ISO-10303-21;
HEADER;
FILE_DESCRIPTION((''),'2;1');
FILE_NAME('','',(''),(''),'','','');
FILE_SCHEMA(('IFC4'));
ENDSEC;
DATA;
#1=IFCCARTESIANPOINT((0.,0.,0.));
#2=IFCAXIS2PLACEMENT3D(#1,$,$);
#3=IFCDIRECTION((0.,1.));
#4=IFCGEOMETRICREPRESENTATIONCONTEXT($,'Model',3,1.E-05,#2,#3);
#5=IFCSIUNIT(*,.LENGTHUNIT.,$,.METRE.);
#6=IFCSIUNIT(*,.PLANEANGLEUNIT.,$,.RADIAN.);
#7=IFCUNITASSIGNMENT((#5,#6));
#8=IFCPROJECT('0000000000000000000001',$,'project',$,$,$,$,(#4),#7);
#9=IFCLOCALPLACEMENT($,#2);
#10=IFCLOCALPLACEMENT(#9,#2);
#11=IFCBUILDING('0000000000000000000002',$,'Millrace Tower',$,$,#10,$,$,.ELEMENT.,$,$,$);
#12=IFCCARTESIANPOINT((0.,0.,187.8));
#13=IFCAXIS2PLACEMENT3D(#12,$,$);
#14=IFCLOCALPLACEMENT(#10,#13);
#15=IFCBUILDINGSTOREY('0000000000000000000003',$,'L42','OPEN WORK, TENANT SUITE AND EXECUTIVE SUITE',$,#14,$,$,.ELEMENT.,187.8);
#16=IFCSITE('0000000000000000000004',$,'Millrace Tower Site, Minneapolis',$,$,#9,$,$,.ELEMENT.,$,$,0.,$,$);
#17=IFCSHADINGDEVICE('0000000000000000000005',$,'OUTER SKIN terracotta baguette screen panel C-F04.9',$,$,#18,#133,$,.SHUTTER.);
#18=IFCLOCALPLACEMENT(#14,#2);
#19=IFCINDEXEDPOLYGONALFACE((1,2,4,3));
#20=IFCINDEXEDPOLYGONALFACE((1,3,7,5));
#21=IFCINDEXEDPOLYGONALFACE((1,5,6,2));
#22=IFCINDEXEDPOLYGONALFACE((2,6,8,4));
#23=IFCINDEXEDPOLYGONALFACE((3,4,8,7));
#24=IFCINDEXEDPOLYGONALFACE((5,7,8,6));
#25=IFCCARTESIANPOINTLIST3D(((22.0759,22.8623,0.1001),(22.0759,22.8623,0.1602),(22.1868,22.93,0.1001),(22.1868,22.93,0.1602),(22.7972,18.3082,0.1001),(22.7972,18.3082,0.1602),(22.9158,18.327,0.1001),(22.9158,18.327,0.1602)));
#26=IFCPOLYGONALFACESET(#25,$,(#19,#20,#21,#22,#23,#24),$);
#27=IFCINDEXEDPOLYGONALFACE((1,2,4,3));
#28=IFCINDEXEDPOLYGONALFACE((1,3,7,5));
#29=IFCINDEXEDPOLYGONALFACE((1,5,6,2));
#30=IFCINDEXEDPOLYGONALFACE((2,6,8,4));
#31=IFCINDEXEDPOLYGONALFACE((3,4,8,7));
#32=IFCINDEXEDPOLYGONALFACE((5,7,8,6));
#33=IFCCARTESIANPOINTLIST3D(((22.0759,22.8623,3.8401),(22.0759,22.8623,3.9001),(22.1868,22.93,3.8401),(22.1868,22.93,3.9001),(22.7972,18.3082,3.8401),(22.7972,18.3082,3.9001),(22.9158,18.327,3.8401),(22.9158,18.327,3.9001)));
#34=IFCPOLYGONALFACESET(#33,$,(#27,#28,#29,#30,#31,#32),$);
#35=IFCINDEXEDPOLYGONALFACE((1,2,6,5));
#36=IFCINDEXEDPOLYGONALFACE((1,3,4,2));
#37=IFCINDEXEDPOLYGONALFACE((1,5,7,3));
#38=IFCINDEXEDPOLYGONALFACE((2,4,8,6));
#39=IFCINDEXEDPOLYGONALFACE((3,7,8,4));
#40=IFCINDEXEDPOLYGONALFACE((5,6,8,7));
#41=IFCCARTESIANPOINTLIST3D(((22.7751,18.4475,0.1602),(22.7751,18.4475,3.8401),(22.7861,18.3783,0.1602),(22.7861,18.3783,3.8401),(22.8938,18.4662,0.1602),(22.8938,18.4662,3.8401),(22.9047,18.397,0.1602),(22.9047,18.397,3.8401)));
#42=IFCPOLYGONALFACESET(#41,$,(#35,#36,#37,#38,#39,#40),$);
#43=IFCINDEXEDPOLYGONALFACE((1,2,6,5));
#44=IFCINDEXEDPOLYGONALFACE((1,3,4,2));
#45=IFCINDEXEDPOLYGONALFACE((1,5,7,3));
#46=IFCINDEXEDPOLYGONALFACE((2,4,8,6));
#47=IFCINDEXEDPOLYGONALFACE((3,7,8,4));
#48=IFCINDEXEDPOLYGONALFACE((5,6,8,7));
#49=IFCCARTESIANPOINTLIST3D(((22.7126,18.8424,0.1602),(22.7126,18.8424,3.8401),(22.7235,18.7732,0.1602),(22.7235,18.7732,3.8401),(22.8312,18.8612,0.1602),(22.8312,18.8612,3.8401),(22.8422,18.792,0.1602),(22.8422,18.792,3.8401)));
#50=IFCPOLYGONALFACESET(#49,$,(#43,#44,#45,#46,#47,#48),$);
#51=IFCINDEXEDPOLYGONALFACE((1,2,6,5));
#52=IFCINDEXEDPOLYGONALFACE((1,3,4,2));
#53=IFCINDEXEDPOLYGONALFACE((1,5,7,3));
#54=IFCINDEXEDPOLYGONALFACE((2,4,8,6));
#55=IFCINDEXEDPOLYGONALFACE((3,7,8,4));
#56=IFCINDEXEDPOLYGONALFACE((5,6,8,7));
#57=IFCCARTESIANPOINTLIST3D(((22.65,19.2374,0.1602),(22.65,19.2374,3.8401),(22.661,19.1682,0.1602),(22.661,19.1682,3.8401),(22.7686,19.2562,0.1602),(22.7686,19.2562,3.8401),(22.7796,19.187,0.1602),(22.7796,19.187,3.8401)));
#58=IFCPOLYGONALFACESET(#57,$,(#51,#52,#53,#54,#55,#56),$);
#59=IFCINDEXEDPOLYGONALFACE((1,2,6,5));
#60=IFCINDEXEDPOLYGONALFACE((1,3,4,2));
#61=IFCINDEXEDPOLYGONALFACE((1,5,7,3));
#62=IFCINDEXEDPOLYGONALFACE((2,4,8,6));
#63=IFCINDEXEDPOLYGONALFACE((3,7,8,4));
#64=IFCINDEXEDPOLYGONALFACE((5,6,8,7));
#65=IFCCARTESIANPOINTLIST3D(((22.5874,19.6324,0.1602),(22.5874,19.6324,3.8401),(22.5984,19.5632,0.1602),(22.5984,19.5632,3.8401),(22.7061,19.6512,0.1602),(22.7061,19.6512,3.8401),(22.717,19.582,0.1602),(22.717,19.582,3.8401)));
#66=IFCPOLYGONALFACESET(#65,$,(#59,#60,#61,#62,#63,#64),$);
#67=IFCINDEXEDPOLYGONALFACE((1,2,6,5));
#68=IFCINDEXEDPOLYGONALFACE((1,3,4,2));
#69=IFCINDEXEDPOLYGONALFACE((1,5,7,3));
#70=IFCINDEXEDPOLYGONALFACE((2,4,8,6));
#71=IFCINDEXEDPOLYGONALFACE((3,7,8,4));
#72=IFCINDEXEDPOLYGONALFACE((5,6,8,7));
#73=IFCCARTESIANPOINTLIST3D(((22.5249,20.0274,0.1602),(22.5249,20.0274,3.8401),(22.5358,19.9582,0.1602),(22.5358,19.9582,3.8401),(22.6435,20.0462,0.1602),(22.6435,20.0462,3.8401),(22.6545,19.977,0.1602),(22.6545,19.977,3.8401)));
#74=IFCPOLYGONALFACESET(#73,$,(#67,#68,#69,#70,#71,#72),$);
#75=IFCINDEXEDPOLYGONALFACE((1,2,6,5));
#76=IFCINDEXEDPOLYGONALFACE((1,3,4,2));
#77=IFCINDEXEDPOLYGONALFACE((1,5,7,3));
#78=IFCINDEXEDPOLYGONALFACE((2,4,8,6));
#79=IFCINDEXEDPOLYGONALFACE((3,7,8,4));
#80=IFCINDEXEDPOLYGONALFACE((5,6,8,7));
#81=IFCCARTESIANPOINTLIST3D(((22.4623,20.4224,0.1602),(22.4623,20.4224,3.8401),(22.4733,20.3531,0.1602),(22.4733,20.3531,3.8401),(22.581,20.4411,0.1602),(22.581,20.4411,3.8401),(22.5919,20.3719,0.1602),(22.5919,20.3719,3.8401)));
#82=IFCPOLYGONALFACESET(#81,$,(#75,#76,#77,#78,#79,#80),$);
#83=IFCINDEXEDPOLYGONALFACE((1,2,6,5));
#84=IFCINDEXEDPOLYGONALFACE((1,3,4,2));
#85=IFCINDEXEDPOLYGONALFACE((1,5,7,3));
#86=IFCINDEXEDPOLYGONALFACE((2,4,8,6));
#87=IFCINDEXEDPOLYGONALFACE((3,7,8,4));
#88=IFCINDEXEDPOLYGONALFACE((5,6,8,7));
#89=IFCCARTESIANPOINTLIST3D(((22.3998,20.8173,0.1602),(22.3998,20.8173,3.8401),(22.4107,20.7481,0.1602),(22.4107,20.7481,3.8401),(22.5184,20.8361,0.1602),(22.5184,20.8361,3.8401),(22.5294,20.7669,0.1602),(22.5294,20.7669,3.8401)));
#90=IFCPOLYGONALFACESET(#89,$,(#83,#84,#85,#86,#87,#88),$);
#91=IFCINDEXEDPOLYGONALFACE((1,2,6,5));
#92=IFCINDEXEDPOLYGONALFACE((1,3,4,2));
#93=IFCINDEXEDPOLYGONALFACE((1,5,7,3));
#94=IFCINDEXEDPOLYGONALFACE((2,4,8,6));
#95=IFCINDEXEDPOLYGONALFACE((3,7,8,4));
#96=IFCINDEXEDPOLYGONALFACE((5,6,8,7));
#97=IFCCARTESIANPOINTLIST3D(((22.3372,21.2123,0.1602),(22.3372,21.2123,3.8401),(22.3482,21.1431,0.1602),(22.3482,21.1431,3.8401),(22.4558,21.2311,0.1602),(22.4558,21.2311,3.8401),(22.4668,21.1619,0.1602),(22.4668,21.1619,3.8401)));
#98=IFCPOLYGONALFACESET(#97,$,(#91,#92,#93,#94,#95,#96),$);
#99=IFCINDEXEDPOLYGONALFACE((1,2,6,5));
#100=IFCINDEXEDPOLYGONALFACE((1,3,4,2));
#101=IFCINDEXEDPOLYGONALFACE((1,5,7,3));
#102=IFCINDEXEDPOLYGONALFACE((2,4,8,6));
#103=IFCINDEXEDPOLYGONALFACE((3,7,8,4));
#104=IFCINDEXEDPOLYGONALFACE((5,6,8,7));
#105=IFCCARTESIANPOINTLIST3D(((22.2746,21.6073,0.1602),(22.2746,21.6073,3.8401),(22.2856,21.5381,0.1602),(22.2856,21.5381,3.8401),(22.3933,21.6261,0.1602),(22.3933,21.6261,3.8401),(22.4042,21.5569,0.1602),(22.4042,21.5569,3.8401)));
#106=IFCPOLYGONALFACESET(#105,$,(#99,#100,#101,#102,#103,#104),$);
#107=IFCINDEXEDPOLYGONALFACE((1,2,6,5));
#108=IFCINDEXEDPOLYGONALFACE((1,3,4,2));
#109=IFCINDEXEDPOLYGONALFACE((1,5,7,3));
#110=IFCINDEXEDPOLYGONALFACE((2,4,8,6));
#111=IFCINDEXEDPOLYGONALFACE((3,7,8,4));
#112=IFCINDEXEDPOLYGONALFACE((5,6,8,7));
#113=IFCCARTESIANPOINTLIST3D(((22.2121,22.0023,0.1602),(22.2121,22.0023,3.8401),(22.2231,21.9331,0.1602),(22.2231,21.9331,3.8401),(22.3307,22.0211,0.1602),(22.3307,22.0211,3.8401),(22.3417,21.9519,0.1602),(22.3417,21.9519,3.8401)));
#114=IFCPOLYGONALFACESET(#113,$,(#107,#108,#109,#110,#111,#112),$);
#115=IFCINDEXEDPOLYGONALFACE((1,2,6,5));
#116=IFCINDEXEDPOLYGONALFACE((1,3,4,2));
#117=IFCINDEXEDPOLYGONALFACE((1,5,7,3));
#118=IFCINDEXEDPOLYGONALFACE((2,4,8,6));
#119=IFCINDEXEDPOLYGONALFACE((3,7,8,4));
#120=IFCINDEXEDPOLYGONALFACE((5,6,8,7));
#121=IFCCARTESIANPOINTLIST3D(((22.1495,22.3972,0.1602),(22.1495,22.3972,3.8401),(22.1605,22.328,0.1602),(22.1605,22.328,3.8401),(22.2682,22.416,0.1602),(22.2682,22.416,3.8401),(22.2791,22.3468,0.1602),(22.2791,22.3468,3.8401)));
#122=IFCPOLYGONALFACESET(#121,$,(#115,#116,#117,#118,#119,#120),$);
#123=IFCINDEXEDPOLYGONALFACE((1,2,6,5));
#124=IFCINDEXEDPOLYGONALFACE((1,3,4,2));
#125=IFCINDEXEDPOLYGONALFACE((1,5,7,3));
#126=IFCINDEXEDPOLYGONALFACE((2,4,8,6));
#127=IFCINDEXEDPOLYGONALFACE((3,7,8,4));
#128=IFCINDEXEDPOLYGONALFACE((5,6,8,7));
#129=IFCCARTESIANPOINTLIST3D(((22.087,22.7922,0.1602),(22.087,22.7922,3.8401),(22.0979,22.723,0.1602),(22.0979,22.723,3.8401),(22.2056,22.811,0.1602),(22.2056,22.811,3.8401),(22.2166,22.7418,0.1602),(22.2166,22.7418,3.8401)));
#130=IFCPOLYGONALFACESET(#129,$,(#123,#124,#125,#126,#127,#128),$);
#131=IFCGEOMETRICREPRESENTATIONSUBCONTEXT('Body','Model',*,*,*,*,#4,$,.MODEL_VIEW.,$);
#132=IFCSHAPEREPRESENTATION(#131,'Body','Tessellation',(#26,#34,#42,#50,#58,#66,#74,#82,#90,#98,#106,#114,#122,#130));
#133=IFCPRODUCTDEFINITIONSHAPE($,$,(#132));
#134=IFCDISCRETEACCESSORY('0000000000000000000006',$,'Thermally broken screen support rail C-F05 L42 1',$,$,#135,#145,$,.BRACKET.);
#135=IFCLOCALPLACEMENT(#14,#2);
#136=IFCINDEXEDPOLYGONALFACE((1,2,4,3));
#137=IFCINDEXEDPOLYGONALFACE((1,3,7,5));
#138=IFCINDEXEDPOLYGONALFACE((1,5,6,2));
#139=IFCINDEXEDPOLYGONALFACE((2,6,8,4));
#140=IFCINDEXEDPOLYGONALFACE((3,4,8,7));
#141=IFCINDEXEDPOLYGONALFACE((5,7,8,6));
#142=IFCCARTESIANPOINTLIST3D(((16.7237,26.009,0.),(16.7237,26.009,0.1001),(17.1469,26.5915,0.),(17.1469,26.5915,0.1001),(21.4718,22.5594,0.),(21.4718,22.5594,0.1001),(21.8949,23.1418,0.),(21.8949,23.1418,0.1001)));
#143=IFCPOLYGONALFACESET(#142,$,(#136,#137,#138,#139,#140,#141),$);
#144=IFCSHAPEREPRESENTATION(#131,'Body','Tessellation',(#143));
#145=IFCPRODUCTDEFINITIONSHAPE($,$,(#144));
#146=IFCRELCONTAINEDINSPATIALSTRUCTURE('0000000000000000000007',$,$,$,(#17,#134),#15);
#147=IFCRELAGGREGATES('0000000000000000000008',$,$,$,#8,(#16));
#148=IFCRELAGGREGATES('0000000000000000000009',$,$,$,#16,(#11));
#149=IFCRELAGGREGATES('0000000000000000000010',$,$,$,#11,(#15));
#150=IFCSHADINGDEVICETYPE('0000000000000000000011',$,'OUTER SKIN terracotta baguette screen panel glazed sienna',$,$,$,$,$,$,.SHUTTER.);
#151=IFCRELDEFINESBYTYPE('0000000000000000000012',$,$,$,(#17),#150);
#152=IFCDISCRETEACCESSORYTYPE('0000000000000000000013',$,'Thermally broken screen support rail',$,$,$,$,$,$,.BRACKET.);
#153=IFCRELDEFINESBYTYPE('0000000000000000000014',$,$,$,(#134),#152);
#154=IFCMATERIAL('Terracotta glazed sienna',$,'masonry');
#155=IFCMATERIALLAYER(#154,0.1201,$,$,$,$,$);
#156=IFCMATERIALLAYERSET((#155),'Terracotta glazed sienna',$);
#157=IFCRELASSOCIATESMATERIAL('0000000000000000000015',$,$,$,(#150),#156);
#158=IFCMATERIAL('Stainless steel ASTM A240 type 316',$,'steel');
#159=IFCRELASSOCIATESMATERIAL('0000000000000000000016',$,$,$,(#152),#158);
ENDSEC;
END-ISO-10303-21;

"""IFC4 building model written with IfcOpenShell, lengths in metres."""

from ifc_helpers import new_model, entity, si_unit, direction, frame, frame_2d, origin, origin_2d, place, context, subcontext, project, spatial, rectangle, extrude, source, transform, mapped, material, layer, layer_set, type_object, element, save


model = new_model("IFC4")

# Units and contexts
model_context = context("Model", 3, precision=1e-05, world=origin(), true_north=direction((0.0, 1.0)))
body_context = subcontext(model_context, "Body", "Model", "MODEL_VIEW")
ifc_project = project(units=[si_unit("LENGTHUNIT", "METRE"), si_unit("PLANEANGLEUNIT", "RADIAN")], contexts=[model_context])

# Site, building, storey
site_placement = place(None, origin())
site = spatial("IfcSite", under=ifc_project, at=site_placement, Name="Millrace Tower Site, Minneapolis", CompositionType="ELEMENT", RefElevation=0.0)
building_placement = place(site_placement, origin())
building = spatial("IfcBuilding", under=site, at=building_placement, Name="Millrace Tower", CompositionType="ELEMENT")
storey_placement = place(building_placement, frame((0.0, 0.0, 187.8)))
storey = spatial("IfcBuildingStorey", under=building, at=storey_placement, Name="L42", Description="OPEN WORK, TENANT SUITE AND EXECUTIVE SUITE", CompositionType="ELEMENT", Elevation=187.8)

# Shading device
ifc_material_1 = material(Name="Terracotta glazed sienna", Category="masonry")
ifc_layer_1 = layer(ifc_material_1, 0.1201)
ifc_layer_set_1 = layer_set([ifc_layer_1], Name="Terracotta glazed sienna")
shading_device_type = type_object("IfcShadingDeviceType", Name="OUTER SKIN terracotta baguette screen panel glazed sienna", PredefinedType="SHUTTER", material=ifc_layer_set_1)
cartesian_point_1 = entity("IfcCartesianPoint", [-2.3179, 0.0601])
shared_polyline_1 = entity("IfcPolyline", [cartesian_point_1, entity("IfcCartesianPoint", [2.293, 0.0601]), entity("IfcCartesianPoint", [2.3425, -0.0601]), entity("IfcCartesianPoint", [-2.3179, -0.0601]), cartesian_point_1])
shared_shape_1 = source(origin(), body_context, "Body", "SweptSolid", [
    entity("IfcExtrudedAreaSolid", entity("IfcArbitraryClosedProfileDef", "AREA", None, shared_polyline_1), entity("IfcAxis2Placement3D", entity("IfcCartesianPoint", [0.0, 0.0, 0.0])), entity("IfcDirection", [0.0, 0.0, 1.0]), 0.0601),
    entity("IfcExtrudedAreaSolid", entity("IfcArbitraryClosedProfileDef", "AREA", None, shared_polyline_1), entity("IfcAxis2Placement3D", entity("IfcCartesianPoint", [0.0, 0.0, 3.74])), entity("IfcDirection", [0.0, 0.0, 1.0]), 0.0601),
    extrude(rectangle(XDim=0.0701, YDim=0.1201, at=frame_2d((-2.2119, 0.0))), frame((0.0, 0.0, 0.0601)), (0.0, 0.0, 1.0), 3.6799),
    extrude(rectangle(XDim=0.0701, YDim=0.1201, at=frame_2d((-1.812, 0.0))), frame((0.0, 0.0, 0.0601)), (0.0, 0.0, 1.0), 3.6799),
    extrude(rectangle(XDim=0.0701, YDim=0.1201, at=frame_2d((-1.4121, 0.0))), frame((0.0, 0.0, 0.0601)), (0.0, 0.0, 1.0), 3.6799),
    extrude(rectangle(XDim=0.0701, YDim=0.1201, at=frame_2d((-1.0122, 0.0))), frame((0.0, 0.0, 0.0601)), (0.0, 0.0, 1.0), 3.6799),
    extrude(rectangle(XDim=0.0701, YDim=0.1201, at=frame_2d((-0.6123, 0.0))), frame((0.0, 0.0, 0.0601)), (0.0, 0.0, 1.0), 3.6799),
    extrude(rectangle(XDim=0.0701, YDim=0.1201, at=frame_2d((-0.2124, 0.0))), frame((0.0, 0.0, 0.0601)), (0.0, 0.0, 1.0), 3.6799),
    extrude(rectangle(XDim=0.0701, YDim=0.1201, at=frame_2d((0.1875, 0.0))), frame((0.0, 0.0, 0.0601)), (0.0, 0.0, 1.0), 3.6799),
    extrude(rectangle(XDim=0.0701, YDim=0.1201, at=frame_2d((0.5874, 0.0))), frame((0.0, 0.0, 0.0601)), (0.0, 0.0, 1.0), 3.6799),
    extrude(rectangle(XDim=0.0701, YDim=0.1201, at=frame_2d((0.9873, 0.0))), frame((0.0, 0.0, 0.0601)), (0.0, 0.0, 1.0), 3.6799),
    extrude(rectangle(XDim=0.0701, YDim=0.1201, at=frame_2d((1.3872, 0.0))), frame((0.0, 0.0, 0.0601)), (0.0, 0.0, 1.0), 3.6799),
    extrude(rectangle(XDim=0.0701, YDim=0.1201, at=frame_2d((1.7871, 0.0))), frame((0.0, 0.0, 0.0601)), (0.0, 0.0, 1.0), 3.6799),
    extrude(rectangle(XDim=0.0701, YDim=0.1201, at=frame_2d((2.187, 0.0))), frame((0.0, 0.0, 0.0601)), (0.0, 0.0, 1.0), 3.6799),
])
shading_device_1_placement = place(storey_placement, frame((22.4939, 20.6069, 0.1001), z_axis=(0.0, 0.0, 1.0), x_axis=(-0.156434, 0.987688, 0.0)))
element("IfcShadingDevice", 1, at=shading_device_1_placement, inside=storey, type_object=shading_device_type, Name="OUTER SKIN terracotta baguette screen panel C-F04.9", PredefinedType="SHUTTER", context=body_context, shape_type="MappedRepresentation", body=[
    mapped(shared_shape_1, transform((0.0, 0.0, 0.0), scale=1.0)),
])

# Discrete accessory
ifc_material_2 = material(Name="Stainless steel ASTM A240 type 316", Category="steel")
discrete_accessory_type = type_object("IfcDiscreteAccessoryType", Name="Thermally broken screen support rail", PredefinedType="BRACKET", material=ifc_material_2)
discrete_accessory_placement = place(storey_placement, frame((19.3093, 24.5754, 0.0), z_axis=(0.0, 0.0, 1.0), x_axis=(-0.809017, 0.587785, 0.0)))
element("IfcDiscreteAccessory", 2, at=discrete_accessory_placement, inside=storey, type_object=discrete_accessory_type, Name="Thermally broken screen support rail C-F05 L42 1", PredefinedType="BRACKET", context=body_context, shape_type="SweptSolid", body=[
    extrude(rectangle(XDim=5.8689, YDim=0.72, at=origin_2d()), origin(), (0.0, 0.0, 1.0), 0.1001),
])

save(model, "model.ifc")
